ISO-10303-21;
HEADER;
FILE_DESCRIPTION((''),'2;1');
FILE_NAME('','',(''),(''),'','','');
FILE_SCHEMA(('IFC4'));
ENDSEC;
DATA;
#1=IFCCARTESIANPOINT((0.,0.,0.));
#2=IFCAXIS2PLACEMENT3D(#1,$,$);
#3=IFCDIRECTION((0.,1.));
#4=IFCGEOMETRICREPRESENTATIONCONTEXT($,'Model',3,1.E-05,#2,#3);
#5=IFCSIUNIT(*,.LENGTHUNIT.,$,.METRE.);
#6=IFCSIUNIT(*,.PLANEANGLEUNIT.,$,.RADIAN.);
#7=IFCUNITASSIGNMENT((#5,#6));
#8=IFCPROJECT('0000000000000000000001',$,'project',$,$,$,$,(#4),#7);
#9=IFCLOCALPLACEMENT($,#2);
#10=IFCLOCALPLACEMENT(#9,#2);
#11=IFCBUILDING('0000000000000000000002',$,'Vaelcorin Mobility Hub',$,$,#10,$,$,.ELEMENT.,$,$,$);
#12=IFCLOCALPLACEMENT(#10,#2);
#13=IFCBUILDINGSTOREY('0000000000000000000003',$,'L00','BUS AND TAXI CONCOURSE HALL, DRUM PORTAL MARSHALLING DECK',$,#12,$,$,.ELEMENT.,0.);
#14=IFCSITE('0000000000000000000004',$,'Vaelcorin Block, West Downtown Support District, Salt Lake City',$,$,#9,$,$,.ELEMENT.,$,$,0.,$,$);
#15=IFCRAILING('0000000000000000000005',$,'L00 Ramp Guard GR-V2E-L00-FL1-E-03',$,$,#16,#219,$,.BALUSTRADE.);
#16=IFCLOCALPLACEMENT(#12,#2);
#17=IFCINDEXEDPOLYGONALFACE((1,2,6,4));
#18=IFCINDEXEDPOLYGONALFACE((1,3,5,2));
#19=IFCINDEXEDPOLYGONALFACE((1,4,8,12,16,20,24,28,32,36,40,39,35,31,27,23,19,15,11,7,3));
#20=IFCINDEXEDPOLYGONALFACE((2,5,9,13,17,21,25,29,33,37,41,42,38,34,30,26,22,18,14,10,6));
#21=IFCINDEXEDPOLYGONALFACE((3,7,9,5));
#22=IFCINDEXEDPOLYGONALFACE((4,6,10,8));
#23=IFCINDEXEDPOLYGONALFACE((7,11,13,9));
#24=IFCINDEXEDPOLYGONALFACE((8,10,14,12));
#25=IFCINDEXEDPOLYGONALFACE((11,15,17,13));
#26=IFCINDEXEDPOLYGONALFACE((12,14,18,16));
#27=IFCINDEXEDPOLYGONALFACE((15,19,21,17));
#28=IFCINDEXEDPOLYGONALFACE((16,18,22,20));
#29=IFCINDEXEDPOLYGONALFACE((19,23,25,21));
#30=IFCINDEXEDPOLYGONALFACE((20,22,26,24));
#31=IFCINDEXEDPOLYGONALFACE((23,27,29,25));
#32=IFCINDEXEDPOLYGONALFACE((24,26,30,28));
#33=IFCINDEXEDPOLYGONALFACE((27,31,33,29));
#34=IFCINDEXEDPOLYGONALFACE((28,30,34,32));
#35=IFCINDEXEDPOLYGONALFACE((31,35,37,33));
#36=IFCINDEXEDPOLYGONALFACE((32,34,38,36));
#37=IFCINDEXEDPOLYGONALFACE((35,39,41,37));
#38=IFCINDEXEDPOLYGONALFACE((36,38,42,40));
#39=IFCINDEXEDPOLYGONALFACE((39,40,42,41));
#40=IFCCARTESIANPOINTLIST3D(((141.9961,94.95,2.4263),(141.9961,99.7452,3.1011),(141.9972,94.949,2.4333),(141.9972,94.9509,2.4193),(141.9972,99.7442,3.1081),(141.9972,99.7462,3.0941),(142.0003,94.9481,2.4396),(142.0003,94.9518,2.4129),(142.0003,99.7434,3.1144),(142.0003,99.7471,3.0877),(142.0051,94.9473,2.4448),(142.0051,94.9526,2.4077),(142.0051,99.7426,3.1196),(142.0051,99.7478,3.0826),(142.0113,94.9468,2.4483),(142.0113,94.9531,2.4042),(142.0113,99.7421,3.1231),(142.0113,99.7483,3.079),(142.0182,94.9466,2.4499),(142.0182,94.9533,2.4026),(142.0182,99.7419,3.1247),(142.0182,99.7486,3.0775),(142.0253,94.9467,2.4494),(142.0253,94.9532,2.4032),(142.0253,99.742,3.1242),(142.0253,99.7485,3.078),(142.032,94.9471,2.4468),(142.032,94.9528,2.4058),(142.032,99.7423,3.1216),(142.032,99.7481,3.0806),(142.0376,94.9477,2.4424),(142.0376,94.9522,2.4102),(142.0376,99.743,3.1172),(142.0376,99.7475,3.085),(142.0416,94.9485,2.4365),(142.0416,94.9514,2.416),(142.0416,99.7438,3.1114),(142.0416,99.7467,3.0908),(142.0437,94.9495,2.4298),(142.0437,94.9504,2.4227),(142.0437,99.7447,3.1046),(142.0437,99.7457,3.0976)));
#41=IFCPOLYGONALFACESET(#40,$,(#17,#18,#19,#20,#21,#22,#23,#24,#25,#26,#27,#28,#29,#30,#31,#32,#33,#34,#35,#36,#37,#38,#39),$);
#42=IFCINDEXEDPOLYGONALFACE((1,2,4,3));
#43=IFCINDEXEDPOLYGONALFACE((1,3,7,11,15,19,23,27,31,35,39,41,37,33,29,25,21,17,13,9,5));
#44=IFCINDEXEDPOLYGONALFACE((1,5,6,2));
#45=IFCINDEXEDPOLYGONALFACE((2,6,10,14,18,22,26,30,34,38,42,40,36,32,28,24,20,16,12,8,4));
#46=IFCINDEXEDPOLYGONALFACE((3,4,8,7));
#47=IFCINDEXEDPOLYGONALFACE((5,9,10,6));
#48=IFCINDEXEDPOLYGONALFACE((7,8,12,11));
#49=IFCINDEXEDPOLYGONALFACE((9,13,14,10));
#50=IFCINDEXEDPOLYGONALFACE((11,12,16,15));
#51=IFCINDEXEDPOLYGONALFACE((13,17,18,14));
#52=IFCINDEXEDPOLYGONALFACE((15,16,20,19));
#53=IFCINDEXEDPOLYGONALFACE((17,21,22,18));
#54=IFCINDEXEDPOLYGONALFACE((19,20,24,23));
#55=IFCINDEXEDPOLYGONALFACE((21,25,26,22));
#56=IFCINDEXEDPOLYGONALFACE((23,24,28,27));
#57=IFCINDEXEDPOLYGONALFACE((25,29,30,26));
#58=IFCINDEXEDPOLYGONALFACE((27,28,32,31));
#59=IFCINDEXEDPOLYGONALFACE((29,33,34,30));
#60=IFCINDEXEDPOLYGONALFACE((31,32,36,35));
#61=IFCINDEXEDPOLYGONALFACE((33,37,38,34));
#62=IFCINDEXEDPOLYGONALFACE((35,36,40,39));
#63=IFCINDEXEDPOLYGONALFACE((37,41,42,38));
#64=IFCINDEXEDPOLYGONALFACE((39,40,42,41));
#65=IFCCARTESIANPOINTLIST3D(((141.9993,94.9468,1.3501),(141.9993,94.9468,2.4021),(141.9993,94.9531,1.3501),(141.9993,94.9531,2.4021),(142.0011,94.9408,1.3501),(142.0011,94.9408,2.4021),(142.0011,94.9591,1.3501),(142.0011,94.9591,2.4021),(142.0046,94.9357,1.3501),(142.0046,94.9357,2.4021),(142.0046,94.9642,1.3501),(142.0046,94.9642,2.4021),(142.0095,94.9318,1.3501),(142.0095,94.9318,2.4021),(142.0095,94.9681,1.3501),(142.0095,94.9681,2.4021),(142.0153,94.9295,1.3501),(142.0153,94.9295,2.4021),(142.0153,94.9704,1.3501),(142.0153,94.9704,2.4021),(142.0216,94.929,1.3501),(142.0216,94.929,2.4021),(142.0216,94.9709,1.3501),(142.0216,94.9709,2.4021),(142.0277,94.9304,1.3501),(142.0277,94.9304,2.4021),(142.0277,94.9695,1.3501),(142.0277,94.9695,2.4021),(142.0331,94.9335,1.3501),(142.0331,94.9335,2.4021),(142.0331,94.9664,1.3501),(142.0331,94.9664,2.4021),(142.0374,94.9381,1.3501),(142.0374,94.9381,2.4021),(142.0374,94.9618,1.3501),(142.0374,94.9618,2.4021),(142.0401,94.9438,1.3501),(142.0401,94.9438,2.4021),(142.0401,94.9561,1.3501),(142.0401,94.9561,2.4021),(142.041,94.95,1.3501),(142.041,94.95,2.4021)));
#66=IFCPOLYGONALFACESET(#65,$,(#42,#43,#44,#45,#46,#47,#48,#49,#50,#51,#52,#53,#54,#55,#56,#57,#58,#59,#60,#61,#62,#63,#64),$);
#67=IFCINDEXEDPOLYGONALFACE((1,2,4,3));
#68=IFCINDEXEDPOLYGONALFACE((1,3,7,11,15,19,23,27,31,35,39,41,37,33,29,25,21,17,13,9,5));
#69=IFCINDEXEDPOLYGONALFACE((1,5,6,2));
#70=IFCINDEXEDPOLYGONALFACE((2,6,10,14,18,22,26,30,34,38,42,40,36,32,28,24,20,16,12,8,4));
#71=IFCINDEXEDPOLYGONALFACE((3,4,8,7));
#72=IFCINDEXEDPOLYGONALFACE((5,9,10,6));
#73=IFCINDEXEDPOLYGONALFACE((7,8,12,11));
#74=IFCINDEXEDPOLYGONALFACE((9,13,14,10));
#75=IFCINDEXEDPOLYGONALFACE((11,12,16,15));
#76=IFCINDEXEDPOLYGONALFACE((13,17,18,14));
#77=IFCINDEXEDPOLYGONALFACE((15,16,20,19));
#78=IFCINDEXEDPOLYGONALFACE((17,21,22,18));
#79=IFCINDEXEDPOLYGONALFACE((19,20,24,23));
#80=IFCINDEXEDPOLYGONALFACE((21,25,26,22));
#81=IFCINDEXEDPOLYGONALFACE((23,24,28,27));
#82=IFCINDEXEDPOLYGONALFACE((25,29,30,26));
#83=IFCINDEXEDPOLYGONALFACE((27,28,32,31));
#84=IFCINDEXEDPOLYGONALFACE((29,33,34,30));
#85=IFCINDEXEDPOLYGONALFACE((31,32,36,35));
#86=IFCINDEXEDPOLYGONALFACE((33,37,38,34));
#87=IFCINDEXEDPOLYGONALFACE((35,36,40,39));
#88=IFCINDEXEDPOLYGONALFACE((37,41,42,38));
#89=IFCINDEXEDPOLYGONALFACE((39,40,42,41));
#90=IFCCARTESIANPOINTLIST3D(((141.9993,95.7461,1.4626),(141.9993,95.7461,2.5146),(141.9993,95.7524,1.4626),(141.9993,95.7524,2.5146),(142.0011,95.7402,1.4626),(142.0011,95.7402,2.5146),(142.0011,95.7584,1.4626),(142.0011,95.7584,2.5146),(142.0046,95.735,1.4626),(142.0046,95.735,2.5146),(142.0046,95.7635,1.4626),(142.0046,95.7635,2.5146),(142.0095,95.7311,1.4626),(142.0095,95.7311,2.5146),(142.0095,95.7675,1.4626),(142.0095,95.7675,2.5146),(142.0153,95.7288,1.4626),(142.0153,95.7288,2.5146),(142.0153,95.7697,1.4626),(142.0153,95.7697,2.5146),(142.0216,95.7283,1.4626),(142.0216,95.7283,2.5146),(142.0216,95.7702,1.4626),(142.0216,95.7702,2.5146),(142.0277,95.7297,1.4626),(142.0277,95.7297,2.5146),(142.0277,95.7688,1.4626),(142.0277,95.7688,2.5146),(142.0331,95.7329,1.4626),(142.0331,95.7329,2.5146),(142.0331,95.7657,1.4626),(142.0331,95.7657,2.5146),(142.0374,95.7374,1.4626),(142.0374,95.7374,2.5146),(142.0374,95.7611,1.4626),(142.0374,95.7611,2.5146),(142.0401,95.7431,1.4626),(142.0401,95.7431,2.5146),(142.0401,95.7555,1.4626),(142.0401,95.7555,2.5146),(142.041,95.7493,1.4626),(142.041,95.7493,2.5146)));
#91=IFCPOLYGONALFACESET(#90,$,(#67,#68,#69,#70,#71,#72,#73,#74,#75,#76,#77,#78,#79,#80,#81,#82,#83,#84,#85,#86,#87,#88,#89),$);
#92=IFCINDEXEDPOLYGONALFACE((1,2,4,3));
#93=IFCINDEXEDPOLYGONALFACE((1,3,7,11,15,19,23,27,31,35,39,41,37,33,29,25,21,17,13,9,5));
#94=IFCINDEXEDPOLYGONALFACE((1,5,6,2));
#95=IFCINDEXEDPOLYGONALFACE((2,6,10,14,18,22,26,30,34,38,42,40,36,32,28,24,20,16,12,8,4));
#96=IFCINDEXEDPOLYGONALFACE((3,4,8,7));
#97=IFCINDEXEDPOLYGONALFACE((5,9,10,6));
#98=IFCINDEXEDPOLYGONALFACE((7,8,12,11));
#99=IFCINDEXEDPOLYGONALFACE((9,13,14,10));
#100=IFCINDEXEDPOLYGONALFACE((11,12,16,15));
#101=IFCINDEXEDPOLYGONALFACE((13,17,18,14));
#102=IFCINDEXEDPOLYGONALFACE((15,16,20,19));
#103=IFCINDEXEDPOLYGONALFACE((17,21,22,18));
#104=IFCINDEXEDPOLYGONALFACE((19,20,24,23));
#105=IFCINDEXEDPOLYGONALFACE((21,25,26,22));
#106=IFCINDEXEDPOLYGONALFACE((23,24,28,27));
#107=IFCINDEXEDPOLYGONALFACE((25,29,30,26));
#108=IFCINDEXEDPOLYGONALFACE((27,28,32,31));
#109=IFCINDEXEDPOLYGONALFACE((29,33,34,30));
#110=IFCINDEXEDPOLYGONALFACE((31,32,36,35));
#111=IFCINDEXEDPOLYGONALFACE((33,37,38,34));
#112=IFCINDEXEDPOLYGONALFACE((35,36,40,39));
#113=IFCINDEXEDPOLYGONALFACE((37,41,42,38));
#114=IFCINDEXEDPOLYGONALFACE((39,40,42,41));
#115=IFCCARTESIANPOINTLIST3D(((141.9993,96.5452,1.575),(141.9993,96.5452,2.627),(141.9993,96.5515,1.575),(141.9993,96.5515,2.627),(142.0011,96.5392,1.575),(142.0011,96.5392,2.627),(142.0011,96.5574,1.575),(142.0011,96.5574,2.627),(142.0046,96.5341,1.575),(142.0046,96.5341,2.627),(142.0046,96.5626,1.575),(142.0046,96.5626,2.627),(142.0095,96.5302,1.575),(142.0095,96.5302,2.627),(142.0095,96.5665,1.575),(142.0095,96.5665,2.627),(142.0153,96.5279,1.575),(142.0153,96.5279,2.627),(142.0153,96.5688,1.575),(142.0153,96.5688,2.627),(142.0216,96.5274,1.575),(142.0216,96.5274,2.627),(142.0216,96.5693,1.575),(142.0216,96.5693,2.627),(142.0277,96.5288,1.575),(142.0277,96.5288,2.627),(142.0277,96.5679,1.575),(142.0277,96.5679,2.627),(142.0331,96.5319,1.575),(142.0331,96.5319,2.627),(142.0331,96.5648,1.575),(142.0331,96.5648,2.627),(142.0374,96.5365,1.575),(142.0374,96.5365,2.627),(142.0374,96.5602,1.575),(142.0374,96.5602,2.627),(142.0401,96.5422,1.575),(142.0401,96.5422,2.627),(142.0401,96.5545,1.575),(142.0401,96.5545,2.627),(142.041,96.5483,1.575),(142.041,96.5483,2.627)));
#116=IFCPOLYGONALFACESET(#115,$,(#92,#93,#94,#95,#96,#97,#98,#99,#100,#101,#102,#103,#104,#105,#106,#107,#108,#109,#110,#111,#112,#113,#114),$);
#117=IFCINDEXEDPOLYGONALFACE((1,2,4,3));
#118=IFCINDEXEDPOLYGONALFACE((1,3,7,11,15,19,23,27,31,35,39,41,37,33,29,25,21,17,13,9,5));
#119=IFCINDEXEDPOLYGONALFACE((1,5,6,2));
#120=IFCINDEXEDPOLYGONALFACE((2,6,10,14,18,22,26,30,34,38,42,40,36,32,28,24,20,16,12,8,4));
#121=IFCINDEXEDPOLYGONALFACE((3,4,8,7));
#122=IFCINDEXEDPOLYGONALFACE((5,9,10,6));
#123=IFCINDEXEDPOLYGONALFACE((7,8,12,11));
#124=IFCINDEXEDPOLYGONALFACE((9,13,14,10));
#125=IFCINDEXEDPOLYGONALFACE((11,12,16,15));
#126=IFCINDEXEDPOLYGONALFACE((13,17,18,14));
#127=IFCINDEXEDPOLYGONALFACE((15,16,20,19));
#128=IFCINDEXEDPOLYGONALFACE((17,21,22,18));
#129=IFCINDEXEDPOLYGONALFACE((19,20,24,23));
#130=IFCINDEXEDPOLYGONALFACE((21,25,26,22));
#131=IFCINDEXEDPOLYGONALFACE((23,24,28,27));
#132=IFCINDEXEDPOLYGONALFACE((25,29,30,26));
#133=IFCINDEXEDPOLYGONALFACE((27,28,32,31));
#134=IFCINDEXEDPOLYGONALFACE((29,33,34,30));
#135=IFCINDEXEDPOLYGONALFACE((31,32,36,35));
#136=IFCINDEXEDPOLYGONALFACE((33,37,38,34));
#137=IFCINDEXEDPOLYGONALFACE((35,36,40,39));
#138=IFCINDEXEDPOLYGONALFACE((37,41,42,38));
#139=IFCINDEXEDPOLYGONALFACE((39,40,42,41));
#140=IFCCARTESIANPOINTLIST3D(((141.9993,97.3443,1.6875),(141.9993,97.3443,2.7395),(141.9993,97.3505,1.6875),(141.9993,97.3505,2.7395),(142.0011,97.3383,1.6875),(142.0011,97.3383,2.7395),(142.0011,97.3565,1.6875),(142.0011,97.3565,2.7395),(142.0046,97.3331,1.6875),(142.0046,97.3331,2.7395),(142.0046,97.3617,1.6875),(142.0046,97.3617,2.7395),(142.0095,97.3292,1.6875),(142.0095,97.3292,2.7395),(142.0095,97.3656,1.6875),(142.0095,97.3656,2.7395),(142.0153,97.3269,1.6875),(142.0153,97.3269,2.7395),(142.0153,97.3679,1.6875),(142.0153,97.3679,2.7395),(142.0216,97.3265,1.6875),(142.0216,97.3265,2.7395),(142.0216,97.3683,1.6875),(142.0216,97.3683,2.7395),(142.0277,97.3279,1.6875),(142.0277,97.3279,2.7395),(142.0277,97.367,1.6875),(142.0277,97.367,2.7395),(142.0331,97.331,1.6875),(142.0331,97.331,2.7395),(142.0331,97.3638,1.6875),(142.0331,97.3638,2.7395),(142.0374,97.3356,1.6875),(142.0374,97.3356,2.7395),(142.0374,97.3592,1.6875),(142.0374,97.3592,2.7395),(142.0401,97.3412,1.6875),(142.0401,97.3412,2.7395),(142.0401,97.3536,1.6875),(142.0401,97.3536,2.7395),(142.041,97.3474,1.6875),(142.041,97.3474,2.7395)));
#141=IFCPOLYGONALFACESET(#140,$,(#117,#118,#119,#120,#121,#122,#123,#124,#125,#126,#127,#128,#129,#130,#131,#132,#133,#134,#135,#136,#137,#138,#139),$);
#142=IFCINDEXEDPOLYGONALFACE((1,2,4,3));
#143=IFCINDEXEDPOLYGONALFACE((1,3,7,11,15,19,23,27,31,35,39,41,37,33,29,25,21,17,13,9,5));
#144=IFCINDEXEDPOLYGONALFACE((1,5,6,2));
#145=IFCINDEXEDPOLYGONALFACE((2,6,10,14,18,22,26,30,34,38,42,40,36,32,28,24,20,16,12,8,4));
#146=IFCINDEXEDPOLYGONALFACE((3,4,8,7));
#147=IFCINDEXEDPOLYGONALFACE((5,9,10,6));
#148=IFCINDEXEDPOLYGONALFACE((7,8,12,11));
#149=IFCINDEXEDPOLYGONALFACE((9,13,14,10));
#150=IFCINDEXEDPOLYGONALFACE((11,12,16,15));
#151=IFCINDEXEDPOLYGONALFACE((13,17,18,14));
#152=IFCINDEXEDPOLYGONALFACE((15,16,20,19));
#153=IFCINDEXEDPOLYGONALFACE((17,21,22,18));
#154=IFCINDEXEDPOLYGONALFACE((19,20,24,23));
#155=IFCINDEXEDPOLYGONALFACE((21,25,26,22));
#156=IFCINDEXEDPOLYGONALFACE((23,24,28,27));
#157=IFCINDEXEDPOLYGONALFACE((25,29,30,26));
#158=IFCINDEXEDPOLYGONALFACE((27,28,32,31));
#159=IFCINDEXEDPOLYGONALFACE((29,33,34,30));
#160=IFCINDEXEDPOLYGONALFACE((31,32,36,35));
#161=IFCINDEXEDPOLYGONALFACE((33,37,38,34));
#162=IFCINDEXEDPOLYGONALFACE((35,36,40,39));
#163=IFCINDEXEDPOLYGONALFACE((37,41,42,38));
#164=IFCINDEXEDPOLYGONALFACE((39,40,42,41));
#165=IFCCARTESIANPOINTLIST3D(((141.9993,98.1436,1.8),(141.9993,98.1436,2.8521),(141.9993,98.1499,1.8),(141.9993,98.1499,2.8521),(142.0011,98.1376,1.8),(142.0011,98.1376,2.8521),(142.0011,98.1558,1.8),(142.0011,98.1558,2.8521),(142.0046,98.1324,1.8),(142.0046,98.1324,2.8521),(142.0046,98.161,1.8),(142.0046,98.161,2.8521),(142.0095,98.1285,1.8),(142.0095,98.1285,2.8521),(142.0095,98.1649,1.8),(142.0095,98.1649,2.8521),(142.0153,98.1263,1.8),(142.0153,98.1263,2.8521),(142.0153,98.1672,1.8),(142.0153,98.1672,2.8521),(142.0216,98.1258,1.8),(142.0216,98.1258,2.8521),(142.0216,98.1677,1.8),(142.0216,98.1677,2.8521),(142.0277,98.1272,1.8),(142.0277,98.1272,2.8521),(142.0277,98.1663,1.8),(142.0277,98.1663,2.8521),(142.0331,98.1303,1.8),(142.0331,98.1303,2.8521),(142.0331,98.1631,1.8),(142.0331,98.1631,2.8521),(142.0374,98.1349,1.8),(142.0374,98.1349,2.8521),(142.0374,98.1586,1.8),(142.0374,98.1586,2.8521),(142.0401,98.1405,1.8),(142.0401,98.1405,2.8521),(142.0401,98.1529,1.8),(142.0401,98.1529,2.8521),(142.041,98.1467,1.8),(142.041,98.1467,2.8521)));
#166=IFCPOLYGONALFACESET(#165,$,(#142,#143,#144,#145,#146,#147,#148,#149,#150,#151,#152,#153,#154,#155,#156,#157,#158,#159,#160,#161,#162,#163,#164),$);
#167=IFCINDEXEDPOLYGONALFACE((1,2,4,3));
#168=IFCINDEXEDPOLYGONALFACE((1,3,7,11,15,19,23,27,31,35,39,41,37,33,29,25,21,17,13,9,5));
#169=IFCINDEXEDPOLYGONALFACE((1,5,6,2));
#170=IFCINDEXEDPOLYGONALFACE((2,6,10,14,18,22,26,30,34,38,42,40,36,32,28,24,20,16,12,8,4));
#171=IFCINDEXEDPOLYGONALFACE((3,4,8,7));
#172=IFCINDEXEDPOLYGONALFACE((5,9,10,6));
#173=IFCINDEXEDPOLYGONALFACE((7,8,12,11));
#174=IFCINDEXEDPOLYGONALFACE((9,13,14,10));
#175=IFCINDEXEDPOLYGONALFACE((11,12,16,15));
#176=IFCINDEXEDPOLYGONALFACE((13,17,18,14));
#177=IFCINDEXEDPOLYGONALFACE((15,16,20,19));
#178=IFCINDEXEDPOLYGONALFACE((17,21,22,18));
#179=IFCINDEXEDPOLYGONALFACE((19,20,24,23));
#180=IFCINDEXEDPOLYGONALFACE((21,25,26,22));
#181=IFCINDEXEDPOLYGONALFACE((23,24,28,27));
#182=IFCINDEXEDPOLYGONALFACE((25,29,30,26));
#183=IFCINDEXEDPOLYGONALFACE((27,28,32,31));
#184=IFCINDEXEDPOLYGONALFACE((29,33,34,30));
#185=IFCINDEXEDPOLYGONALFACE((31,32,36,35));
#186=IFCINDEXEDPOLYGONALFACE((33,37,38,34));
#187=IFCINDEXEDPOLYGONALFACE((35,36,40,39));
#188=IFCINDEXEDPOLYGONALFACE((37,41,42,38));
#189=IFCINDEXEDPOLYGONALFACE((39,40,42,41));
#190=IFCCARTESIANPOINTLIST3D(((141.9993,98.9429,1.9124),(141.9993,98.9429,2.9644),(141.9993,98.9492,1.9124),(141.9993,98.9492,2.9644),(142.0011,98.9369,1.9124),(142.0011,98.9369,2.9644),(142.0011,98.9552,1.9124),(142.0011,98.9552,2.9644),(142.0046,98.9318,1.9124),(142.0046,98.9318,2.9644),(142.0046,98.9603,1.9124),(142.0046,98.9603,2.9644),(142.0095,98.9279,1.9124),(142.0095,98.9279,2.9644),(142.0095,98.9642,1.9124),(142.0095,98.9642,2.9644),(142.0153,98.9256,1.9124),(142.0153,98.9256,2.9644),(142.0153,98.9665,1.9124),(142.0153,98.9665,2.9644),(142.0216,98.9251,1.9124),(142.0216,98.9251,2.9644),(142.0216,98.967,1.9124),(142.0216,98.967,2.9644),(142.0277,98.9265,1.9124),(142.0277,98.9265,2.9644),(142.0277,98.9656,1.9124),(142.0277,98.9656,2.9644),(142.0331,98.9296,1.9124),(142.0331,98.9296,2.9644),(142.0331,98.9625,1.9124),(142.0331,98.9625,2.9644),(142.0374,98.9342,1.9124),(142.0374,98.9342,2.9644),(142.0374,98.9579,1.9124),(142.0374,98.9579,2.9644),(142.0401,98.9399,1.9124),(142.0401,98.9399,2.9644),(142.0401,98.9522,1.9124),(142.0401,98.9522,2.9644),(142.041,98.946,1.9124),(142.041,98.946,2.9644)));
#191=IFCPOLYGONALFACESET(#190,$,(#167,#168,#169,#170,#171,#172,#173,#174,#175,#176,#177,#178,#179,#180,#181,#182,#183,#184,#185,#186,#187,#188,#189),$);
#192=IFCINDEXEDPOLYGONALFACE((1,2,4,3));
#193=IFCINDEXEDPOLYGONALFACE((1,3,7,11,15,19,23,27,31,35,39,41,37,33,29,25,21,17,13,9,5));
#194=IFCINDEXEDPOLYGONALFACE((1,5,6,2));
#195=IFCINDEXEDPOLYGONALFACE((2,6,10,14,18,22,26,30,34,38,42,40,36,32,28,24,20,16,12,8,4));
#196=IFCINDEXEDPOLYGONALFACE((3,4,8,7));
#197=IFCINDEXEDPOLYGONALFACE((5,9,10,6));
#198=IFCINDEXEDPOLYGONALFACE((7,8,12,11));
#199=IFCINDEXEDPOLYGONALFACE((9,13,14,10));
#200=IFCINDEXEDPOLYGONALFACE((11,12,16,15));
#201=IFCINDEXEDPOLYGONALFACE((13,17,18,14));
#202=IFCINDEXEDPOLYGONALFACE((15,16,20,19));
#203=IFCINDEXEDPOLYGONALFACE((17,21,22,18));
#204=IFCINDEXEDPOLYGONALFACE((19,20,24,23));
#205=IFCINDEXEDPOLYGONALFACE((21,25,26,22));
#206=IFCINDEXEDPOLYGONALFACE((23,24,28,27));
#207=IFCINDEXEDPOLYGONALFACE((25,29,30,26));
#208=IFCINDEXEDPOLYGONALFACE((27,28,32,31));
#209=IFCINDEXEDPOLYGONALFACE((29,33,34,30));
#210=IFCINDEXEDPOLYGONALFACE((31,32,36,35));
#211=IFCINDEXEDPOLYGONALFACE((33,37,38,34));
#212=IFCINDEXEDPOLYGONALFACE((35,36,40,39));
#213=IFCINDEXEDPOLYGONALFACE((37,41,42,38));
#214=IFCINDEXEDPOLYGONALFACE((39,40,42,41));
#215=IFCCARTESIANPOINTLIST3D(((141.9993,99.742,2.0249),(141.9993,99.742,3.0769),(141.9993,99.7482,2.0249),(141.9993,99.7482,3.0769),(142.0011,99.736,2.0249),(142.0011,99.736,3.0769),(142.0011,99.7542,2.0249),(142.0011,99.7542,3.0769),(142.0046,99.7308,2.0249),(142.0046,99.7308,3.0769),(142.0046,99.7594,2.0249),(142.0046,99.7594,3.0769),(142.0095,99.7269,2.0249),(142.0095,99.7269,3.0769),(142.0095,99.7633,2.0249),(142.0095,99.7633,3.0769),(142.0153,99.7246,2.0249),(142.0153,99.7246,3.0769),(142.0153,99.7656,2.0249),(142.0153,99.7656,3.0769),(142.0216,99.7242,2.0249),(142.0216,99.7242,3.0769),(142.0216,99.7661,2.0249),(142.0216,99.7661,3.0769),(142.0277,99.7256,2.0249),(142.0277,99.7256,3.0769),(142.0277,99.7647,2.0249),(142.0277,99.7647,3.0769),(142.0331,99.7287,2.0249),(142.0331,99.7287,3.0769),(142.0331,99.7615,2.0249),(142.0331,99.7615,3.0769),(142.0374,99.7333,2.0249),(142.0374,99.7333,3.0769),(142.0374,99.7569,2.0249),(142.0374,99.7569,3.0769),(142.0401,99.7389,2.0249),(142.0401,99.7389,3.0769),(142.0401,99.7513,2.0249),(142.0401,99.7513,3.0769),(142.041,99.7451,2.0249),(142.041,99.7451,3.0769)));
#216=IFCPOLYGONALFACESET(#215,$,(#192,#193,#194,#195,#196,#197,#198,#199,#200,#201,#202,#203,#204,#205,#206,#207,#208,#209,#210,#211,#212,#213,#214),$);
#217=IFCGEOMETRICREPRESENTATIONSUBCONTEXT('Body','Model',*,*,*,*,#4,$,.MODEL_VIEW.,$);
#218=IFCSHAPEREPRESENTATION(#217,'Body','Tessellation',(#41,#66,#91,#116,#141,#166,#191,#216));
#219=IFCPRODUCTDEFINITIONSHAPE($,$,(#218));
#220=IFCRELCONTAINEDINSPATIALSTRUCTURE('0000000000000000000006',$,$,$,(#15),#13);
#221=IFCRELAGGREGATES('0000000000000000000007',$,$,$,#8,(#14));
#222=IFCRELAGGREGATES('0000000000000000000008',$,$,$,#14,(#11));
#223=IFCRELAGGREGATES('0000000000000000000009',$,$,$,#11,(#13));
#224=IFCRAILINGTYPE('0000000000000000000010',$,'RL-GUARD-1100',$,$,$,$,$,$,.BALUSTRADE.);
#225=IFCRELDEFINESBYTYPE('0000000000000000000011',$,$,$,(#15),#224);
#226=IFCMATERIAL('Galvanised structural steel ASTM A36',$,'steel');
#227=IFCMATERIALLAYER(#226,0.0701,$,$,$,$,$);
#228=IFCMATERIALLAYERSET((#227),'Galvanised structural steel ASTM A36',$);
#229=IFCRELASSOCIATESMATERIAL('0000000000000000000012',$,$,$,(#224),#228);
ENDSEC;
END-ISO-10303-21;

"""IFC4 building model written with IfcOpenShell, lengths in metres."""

from ifc_helpers import new_model, si_unit, direction, frame, origin, origin_2d, place, context, subcontext, project, spatial, circle, extrude, material, layer, layer_set, type_object, element, save


model = new_model("IFC4")

# Units and contexts
model_context = context("Model", 3, precision=1e-05, world=origin(), true_north=direction((0.0, 1.0)))
body_context = subcontext(model_context, "Body", "Model", "MODEL_VIEW")
ifc_project = project(units=[si_unit("LENGTHUNIT", "METRE"), si_unit("PLANEANGLEUNIT", "RADIAN")], contexts=[model_context])

# Site, building, storey
site_placement = place(None, origin())
site = spatial("IfcSite", under=ifc_project, at=site_placement, Name="Vaelcorin Block, West Downtown Support District, Salt Lake City", CompositionType="ELEMENT", RefElevation=0.0)
building_placement = place(site_placement, origin())
building = spatial("IfcBuilding", under=site, at=building_placement, Name="Vaelcorin Mobility Hub", CompositionType="ELEMENT")
storey_placement = place(building_placement, origin())
storey = spatial("IfcBuildingStorey", under=building, at=storey_placement, Name="L00", Description="BUS AND TAXI CONCOURSE HALL, DRUM PORTAL MARSHALLING DECK", CompositionType="ELEMENT", Elevation=0.0)

# Railing
ifc_material_1 = material(Name="Galvanised structural steel ASTM A36", Category="steel")
ifc_layer_1 = layer(ifc_material_1, 0.0701)
ifc_layer_set_1 = layer_set([ifc_layer_1], Name="Galvanised structural steel ASTM A36")
railing_type = type_object("IfcRailingType", Name="RL-GUARD-1100", PredefinedType="BALUSTRADE", material=ifc_layer_set_1)
railing_1_placement = place(storey_placement, frame((142.02, 94.95, 1.3501)))
element("IfcRailing", 1, at=railing_1_placement, inside=storey, type_object=railing_type, Name="L00 Ramp Guard GR-V2E-L00-FL1-E-03", PredefinedType="BALUSTRADE", context=body_context, shape_type="SweptSolid", body=[
    extrude(circle(Radius=0.0239, at=origin_2d()), frame((0.0, 0.0, 1.0762), z_axis=(0.0, 0.990243, 0.139353), x_axis=(-1.0, 0.0, 0.0)), (0.0, 0.0, 1.0), 4.8425),
    extrude(circle(Radius=0.021, at=origin_2d()), origin(), (0.0, 0.0, 1.0), 1.052),
    extrude(circle(Radius=0.021, at=origin_2d()), frame((0.0, 0.7993, 0.1125)), (0.0, 0.0, 1.0), 1.052),
    extrude(circle(Radius=0.021, at=origin_2d()), frame((0.0, 1.5984, 0.2249)), (0.0, 0.0, 1.0), 1.052),
    extrude(circle(Radius=0.021, at=origin_2d()), frame((0.0, 2.3975, 0.3374)), (0.0, 0.0, 1.0), 1.052),
    extrude(circle(Radius=0.021, at=origin_2d()), frame((0.0, 3.1968, 0.45)), (0.0, 0.0, 1.0), 1.052),
    extrude(circle(Radius=0.021, at=origin_2d()), frame((0.0, 3.9961, 0.5623)), (0.0, 0.0, 1.0), 1.052),
    extrude(circle(Radius=0.021, at=origin_2d()), frame((0.0, 4.7952, 0.6748)), (0.0, 0.0, 1.0), 1.052),
])

save(model, "model.ifc")
